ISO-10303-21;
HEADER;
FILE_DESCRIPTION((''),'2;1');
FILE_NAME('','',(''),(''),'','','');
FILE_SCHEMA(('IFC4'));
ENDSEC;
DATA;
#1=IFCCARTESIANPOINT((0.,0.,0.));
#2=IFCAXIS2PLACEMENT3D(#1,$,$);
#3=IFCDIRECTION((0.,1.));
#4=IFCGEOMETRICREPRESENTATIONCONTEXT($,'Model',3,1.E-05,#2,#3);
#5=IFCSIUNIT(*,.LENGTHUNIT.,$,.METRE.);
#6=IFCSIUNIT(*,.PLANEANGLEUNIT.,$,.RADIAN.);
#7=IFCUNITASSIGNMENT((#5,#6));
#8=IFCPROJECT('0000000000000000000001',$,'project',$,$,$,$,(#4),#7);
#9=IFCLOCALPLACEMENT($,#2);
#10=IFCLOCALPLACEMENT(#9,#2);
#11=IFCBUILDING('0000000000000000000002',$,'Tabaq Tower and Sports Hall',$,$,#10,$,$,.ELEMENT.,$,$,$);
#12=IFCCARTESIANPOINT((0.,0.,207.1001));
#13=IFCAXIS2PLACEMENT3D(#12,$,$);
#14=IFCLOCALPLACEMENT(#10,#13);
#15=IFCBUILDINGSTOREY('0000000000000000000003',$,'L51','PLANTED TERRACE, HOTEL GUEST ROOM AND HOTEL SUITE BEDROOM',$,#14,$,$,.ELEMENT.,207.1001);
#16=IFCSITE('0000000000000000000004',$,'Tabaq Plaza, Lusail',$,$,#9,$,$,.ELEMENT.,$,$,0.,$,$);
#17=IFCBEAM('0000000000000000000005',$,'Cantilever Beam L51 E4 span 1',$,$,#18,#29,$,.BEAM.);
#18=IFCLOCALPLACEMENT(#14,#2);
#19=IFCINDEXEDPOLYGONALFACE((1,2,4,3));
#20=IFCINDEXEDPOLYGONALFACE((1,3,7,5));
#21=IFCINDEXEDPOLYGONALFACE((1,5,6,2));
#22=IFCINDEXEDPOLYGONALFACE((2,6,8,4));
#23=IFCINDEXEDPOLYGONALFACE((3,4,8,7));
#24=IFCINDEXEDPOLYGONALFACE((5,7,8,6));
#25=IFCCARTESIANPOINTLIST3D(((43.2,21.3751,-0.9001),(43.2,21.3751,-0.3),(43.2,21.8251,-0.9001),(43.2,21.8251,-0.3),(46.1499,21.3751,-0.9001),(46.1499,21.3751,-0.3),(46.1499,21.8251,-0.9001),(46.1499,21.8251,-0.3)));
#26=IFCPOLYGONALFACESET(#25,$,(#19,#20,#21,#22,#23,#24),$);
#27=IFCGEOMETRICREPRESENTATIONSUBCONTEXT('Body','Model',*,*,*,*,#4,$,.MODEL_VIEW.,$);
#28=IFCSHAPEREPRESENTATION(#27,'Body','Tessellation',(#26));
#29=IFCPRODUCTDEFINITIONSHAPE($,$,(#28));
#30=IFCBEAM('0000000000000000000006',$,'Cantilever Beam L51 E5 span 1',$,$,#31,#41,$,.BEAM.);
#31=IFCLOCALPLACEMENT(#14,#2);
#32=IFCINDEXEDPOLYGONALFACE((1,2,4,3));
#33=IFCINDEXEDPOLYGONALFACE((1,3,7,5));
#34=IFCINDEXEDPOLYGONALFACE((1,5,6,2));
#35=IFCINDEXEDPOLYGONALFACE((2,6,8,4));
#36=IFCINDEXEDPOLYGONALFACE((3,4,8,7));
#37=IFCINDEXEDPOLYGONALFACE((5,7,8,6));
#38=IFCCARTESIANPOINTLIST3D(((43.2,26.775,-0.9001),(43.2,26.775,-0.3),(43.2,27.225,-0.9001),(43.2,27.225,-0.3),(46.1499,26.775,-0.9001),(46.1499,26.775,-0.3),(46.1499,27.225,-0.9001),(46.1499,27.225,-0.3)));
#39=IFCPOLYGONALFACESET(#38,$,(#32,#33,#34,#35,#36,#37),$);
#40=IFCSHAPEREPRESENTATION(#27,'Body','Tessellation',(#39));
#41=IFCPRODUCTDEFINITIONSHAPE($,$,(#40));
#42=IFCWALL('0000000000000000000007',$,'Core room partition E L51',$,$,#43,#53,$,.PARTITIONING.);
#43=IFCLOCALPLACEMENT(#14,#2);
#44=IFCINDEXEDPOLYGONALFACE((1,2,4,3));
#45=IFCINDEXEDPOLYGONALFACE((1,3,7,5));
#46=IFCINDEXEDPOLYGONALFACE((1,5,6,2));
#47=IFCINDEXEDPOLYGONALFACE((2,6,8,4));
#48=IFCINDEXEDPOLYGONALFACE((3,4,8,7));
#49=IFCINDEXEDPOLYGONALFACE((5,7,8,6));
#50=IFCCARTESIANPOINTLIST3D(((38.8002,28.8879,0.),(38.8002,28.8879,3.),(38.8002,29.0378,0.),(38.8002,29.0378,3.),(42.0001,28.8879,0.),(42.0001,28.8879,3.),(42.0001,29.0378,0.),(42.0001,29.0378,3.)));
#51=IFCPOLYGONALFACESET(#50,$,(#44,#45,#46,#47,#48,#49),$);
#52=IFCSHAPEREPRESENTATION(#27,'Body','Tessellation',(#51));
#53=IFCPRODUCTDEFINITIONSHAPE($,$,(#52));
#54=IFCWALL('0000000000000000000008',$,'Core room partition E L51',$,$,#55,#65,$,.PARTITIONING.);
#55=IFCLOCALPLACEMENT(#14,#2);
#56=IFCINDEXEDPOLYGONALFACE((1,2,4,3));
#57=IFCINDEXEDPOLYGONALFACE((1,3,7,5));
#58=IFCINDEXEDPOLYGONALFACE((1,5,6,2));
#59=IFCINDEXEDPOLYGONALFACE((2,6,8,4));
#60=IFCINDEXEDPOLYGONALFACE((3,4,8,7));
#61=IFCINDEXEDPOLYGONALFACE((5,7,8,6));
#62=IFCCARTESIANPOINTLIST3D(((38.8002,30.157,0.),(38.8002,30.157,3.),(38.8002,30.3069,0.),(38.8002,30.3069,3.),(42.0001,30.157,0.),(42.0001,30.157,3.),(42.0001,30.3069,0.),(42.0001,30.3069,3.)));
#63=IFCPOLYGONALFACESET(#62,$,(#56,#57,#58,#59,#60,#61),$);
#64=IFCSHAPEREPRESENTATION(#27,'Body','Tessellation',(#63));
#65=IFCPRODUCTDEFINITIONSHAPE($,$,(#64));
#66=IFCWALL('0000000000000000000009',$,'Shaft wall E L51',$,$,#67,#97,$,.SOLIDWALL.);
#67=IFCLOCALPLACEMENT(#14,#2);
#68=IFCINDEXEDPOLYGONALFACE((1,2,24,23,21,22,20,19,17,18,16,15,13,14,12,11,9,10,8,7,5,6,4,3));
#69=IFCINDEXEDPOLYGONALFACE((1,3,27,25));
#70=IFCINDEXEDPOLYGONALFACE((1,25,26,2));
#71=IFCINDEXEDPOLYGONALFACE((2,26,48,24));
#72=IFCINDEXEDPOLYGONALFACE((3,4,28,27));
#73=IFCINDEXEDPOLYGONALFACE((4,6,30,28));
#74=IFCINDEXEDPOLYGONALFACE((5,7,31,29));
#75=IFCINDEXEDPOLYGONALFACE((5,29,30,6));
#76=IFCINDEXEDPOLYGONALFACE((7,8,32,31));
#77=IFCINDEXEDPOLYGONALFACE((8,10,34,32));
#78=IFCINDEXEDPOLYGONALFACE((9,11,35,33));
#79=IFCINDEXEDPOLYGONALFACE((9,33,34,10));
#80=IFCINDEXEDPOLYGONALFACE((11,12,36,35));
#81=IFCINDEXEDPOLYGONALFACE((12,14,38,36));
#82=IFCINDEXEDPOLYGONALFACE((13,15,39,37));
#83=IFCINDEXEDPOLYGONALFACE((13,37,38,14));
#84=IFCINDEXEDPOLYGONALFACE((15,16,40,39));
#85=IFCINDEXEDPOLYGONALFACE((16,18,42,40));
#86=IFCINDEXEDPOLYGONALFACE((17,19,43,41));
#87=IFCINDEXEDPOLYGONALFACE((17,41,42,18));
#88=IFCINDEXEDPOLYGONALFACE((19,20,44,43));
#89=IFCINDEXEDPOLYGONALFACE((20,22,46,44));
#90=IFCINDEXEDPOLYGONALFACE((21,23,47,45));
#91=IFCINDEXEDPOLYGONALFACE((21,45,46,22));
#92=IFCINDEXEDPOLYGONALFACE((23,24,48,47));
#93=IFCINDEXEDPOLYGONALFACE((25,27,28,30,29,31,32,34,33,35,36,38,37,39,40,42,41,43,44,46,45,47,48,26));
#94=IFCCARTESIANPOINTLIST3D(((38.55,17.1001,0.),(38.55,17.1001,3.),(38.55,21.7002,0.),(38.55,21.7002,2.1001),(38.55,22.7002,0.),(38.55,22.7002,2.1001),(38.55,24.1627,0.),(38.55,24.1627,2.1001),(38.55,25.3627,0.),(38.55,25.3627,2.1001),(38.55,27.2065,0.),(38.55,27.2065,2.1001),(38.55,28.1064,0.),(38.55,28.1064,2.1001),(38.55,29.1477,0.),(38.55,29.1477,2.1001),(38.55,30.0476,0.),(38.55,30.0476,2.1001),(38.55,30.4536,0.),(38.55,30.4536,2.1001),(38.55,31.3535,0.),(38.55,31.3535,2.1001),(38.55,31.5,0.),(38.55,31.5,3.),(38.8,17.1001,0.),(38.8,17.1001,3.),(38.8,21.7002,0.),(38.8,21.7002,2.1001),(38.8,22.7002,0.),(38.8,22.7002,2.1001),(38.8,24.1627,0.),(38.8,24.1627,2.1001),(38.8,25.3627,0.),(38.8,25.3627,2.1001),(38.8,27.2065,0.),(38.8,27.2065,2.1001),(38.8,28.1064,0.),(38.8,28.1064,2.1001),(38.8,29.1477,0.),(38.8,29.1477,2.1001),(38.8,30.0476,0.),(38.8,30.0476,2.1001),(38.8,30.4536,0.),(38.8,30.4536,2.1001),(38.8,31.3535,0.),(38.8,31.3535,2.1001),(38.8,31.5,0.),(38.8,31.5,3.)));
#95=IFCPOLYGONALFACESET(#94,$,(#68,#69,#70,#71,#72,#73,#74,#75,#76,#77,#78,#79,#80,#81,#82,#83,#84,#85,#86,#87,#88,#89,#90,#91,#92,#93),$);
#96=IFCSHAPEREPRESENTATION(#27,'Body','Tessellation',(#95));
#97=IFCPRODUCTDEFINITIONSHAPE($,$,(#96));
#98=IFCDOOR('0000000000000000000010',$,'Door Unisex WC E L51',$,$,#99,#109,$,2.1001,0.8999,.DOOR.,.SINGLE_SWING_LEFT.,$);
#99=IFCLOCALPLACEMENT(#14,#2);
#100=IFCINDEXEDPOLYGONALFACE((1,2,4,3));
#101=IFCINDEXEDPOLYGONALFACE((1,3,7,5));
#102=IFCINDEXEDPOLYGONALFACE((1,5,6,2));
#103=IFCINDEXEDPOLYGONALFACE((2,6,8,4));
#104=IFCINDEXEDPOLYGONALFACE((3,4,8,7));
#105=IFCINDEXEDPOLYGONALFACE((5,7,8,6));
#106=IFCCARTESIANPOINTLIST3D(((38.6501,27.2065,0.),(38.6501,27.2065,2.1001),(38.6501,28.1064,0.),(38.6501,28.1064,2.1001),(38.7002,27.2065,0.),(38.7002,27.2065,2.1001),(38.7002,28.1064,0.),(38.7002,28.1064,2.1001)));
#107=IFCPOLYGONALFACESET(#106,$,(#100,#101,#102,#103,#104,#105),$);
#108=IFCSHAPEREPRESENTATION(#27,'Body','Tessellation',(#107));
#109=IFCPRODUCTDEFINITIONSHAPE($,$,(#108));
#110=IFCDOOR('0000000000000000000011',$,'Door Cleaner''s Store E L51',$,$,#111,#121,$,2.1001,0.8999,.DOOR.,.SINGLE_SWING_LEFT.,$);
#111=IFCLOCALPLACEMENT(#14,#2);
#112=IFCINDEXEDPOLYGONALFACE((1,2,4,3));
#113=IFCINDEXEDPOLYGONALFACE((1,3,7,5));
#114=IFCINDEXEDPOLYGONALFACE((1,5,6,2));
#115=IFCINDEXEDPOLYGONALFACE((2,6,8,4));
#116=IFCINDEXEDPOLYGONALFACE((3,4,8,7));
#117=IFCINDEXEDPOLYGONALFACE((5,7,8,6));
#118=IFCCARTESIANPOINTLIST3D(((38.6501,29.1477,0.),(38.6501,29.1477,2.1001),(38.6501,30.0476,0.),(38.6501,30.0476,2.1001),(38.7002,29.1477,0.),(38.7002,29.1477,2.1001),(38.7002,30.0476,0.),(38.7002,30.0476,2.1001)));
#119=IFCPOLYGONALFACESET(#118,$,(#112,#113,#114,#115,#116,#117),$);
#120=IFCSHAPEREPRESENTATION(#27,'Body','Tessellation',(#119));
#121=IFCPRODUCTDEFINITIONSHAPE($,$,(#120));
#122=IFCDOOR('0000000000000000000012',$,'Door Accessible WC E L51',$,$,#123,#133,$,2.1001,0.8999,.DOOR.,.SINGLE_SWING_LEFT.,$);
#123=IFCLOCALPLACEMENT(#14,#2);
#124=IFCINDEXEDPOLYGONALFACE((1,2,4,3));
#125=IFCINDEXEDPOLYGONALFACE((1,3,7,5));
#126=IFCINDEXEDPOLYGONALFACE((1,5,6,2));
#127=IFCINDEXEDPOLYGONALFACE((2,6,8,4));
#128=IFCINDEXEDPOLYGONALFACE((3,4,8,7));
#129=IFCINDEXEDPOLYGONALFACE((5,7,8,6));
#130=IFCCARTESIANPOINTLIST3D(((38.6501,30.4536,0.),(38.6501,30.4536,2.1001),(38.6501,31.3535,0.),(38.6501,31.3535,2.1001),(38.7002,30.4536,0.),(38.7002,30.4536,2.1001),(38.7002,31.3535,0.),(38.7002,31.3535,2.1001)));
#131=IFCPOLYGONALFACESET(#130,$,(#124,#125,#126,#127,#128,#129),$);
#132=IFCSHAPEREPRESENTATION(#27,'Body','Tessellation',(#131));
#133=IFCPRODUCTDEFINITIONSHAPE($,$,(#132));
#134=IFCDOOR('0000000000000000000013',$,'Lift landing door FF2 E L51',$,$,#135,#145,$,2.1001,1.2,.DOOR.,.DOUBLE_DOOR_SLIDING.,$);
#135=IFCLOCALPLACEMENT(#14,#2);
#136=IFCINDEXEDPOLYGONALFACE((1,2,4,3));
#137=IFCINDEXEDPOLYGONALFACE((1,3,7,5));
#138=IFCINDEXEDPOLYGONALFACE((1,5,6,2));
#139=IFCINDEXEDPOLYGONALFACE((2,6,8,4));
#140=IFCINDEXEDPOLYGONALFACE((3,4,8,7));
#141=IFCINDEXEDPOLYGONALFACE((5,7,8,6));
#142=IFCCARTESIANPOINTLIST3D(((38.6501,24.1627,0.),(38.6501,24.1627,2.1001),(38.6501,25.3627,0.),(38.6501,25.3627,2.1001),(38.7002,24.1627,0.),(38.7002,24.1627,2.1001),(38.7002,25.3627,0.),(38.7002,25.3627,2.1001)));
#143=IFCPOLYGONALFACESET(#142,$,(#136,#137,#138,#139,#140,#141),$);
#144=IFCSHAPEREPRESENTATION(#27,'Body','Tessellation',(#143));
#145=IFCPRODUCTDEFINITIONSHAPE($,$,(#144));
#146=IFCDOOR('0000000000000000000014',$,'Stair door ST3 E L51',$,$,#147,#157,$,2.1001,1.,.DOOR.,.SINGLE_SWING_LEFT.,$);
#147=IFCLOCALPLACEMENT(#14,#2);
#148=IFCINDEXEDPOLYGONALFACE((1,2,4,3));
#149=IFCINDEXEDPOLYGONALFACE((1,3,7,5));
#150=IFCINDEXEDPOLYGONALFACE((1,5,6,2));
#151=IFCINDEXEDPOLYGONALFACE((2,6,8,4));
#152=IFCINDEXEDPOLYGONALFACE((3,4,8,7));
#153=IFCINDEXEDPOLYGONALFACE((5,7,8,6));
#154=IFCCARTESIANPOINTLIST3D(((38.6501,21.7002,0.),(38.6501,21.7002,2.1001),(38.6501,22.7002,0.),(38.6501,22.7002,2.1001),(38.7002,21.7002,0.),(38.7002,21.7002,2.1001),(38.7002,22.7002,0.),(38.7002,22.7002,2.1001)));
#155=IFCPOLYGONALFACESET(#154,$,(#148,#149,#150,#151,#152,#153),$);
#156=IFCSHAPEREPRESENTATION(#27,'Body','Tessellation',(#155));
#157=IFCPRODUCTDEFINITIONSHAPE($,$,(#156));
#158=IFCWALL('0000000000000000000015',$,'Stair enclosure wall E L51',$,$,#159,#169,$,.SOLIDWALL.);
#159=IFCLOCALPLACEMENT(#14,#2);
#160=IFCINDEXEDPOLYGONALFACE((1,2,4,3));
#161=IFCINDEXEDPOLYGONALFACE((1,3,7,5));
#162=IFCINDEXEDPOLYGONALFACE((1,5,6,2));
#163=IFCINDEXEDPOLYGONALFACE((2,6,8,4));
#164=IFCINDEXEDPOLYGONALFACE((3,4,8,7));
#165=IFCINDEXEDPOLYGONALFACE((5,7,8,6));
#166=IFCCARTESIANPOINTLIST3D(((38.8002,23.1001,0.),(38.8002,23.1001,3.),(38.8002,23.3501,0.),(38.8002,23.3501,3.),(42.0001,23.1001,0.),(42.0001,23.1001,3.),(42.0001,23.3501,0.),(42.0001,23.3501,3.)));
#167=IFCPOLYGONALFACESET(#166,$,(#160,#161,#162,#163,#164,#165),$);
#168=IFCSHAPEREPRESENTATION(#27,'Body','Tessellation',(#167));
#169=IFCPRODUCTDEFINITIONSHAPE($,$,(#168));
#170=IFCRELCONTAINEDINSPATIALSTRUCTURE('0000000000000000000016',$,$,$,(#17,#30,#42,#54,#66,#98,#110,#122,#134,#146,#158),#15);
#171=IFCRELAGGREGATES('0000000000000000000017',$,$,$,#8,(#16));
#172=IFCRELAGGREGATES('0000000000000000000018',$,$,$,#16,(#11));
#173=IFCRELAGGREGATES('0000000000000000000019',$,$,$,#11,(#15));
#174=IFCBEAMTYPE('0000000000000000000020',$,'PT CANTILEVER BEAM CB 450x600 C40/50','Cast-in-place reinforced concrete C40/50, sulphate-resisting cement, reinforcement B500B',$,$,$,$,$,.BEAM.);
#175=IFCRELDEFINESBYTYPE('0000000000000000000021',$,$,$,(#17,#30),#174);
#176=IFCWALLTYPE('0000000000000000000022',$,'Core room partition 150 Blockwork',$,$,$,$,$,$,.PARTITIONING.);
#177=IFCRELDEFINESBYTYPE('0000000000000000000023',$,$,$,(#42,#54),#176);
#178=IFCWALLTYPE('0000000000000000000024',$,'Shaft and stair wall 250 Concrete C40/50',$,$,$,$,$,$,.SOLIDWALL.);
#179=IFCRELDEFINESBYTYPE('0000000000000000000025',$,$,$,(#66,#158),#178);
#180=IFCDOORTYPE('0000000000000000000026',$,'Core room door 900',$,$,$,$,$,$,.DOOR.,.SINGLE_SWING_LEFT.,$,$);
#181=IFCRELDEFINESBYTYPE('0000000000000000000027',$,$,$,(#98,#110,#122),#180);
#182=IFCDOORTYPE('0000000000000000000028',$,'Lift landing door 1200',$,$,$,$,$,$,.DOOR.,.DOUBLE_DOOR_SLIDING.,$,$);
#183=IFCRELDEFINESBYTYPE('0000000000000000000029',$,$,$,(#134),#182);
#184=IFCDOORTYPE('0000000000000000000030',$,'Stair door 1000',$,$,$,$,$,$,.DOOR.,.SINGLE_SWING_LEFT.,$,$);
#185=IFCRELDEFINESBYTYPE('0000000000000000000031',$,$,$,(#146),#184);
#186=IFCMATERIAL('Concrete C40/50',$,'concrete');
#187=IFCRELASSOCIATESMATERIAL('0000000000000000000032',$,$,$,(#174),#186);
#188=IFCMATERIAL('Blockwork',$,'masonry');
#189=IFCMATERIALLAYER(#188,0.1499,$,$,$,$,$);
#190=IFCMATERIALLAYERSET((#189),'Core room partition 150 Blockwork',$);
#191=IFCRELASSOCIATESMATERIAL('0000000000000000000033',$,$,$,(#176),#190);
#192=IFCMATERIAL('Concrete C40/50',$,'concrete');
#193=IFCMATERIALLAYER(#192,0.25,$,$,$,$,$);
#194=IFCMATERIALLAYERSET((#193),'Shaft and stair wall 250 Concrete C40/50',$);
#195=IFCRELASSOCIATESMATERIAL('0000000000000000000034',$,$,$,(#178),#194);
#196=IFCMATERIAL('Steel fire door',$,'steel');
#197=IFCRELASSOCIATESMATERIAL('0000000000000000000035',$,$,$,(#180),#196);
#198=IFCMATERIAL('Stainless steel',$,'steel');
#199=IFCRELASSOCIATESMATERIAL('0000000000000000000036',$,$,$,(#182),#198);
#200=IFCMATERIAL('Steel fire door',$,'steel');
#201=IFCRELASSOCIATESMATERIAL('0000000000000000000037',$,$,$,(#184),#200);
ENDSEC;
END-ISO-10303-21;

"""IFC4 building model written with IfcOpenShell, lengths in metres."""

from ifc_helpers import new_model, si_unit, direction, frame, frame_2d, origin, origin_2d, place, context, subcontext, project, spatial, rectangle, extrude, material, layer, layer_set, material_profile, profile_set, type_object, element, fill, save


model = new_model("IFC4")

# Units and contexts
model_context = context("Model", 3, precision=1e-05, world=origin(), true_north=direction((0.0, 1.0)))
body_context = subcontext(model_context, "Body", "Model", "MODEL_VIEW")
ifc_project = project(units=[si_unit("LENGTHUNIT", "METRE"), si_unit("PLANEANGLEUNIT", "RADIAN")], contexts=[model_context])

# Site, building, storey
site_placement = place(None, origin())
site = spatial("IfcSite", under=ifc_project, at=site_placement, Name="Tabaq Plaza, Lusail", CompositionType="ELEMENT", RefElevation=0.0)
building_placement = place(site_placement, origin())
building = spatial("IfcBuilding", under=site, at=building_placement, Name="Tabaq Tower and Sports Hall", CompositionType="ELEMENT")
storey_placement = place(building_placement, frame((0.0, 0.0, 207.1001)))
storey = spatial("IfcBuildingStorey", under=building, at=storey_placement, Name="L51", Description="PLANTED TERRACE, HOTEL GUEST ROOM AND HOTEL SUITE BEDROOM", CompositionType="ELEMENT", Elevation=207.1001)

# Beams
ifc_material_1 = material(Name="Concrete C40/50", Category="concrete")
ifc_material_profile = material_profile(ifc_material_1, rectangle(XDim=0.45, YDim=0.6001, at=origin_2d()), Name="CB 450x600")
ifc_profile_set = profile_set([ifc_material_profile], Name="Concrete C40/50")
beam_type = type_object("IfcBeamType", Name="PT CANTILEVER BEAM CB 450x600 C40/50", Description="Cast-in-place reinforced concrete C40/50, sulphate-resisting cement, reinforcement B500B", PredefinedType="BEAM", material=ifc_profile_set)
for number, where, z_axis, x_axis, name in (
    (1, (46.1499, 21.6001, -0.6001), (-1.0, 0.0, 0.0), (0.0, -1.0, 0.0), "Cantilever Beam L51 E4 span 1"),
    (2, (46.1499, 27.0, -0.6001), (-1.0, 0.0, 0.0), (0.0, -1.0, 0.0), "Cantilever Beam L51 E5 span 1"),
):
    element("IfcBeam", number, at=place(storey_placement, frame(where, z_axis=z_axis, x_axis=x_axis)), inside=storey, type_object=beam_type, Name=name, PredefinedType="BEAM", context=body_context, shape_type="SweptSolid", body=[
        extrude(rectangle(XDim=0.45, YDim=0.6001, at=origin_2d()), origin(), (0.0, 0.0, 1.0), 2.95),
    ])

# Walls
ifc_material_2 = material(Name="Blockwork", Category="masonry")
ifc_layer_1 = layer(ifc_material_2, 0.1499)
ifc_layer_set_1 = layer_set([ifc_layer_1], Name="Core room partition 150 Blockwork")
wall_type_1 = type_object("IfcWallType", Name="Core room partition 150 Blockwork", PredefinedType="PARTITIONING", material=ifc_layer_set_1)
for number, where, z_axis, x_axis, name in (
    (3, (38.8, 28.9629, 0.0), (0.0, 0.0, 1.0), (1.0, 0.0, 0.0), "Core room partition E L51"),
    (4, (38.8, 30.2319, 0.0), (0.0, 0.0, 1.0), (1.0, 0.0, 0.0), "Core room partition E L51"),
):
    element("IfcWall", number, at=place(storey_placement, frame(where, z_axis=z_axis, x_axis=x_axis)), inside=storey, type_object=wall_type_1, Name=name, PredefinedType="PARTITIONING", context=body_context, shape_type="SweptSolid", body=[
        extrude(rectangle(XDim=3.2, YDim=0.1499, at=frame_2d((1.6001, 0.0))), origin(), (0.0, 0.0, 1.0), 3.0),
    ])

# Wall, openings, doors
ifc_material_3 = material(Name="Concrete C40/50", Category="concrete")
ifc_layer_2 = layer(ifc_material_3, 0.25)
ifc_layer_set_2 = layer_set([ifc_layer_2], Name="Shaft and stair wall 250 Concrete C40/50")
wall_type_2 = type_object("IfcWallType", Name="Shaft and stair wall 250 Concrete C40/50", PredefinedType="SOLIDWALL", material=ifc_layer_set_2)
wall_1_placement = place(storey_placement, frame((38.675, 17.1001, 0.0), z_axis=(0.0, 0.0, 1.0), x_axis=(0.0, 1.0, 0.0)))
wall_1 = element("IfcWall", 5, at=wall_1_placement, inside=storey, type_object=wall_type_2, Name="Shaft wall E L51", PredefinedType="SOLIDWALL", context=body_context, shape_type="SweptSolid", body=[
    extrude(rectangle(XDim=14.3999, YDim=0.25, at=frame_2d((7.2, 0.0))), origin(), (0.0, 0.0, 1.0), 3.0),
])
opening_1_placement = place(wall_1_placement, frame((4.6001, 0.0, 0.0)))
opening_1 = element("IfcOpeningElement", 6, at=opening_1_placement, cuts=wall_1, PredefinedType="OPENING", context=body_context, shape_type="SweptSolid", body=[
    extrude(rectangle(XDim=1.0, YDim=2.1001, at=frame_2d((0.5, 1.05))), frame((0.0, 0.125, 0.0), z_axis=(0.0, -1.0, 0.0), x_axis=(1.0, 0.0, 0.0)), (0.0, 0.0, 1.0), 0.25),
])
opening_2_placement = place(wall_1_placement, frame((7.0625, 0.0, 0.0)))
opening_2 = element("IfcOpeningElement", 7, at=opening_2_placement, cuts=wall_1, PredefinedType="OPENING", context=body_context, shape_type="SweptSolid", body=[
    extrude(rectangle(XDim=1.2, YDim=2.1001, at=frame_2d((0.6001, 1.05))), frame((0.0, 0.125, 0.0), z_axis=(0.0, -1.0, 0.0), x_axis=(1.0, 0.0, 0.0)), (0.0, 0.0, 1.0), 0.25),
])
opening_3_placement = place(wall_1_placement, frame((10.1064, 0.0, 0.0)))
opening_3 = element("IfcOpeningElement", 8, at=opening_3_placement, cuts=wall_1, PredefinedType="OPENING", context=body_context, shape_type="SweptSolid", body=[
    extrude(rectangle(XDim=0.8999, YDim=2.1001, at=frame_2d((0.45, 1.05))), frame((0.0, 0.125, 0.0), z_axis=(0.0, -1.0, 0.0), x_axis=(1.0, 0.0, 0.0)), (0.0, 0.0, 1.0), 0.25),
])
opening_4_placement = place(wall_1_placement, frame((12.0476, 0.0, 0.0)))
opening_4 = element("IfcOpeningElement", 9, at=opening_4_placement, cuts=wall_1, PredefinedType="OPENING", context=body_context, shape_type="SweptSolid", body=[
    extrude(rectangle(XDim=0.8999, YDim=2.1001, at=frame_2d((0.45, 1.05))), frame((0.0, 0.125, 0.0), z_axis=(0.0, -1.0, 0.0), x_axis=(1.0, 0.0, 0.0)), (0.0, 0.0, 1.0), 0.25),
])
opening_5_placement = place(wall_1_placement, frame((13.3535, 0.0, 0.0)))
opening_5 = element("IfcOpeningElement", 10, at=opening_5_placement, cuts=wall_1, PredefinedType="OPENING", context=body_context, shape_type="SweptSolid", body=[
    extrude(rectangle(XDim=0.8999, YDim=2.1001, at=frame_2d((0.45, 1.05))), frame((0.0, 0.125, 0.0), z_axis=(0.0, -1.0, 0.0), x_axis=(1.0, 0.0, 0.0)), (0.0, 0.0, 1.0), 0.25),
])
ifc_material_4 = material(Name="Steel fire door", Category="steel")
door_type_1 = type_object("IfcDoorType", Name="Core room door 900", OperationType="SINGLE_SWING_LEFT", PredefinedType="DOOR", material=ifc_material_4)
door_1_placement = place(opening_3_placement, origin())
door_1 = element("IfcDoor", 11, at=door_1_placement, inside=storey, type_object=door_type_1, Name="Door Unisex WC E L51", OperationType="SINGLE_SWING_LEFT", OverallHeight=2.1001, OverallWidth=0.8999, PredefinedType="DOOR", context=body_context, shape_type="SweptSolid", body=[
    extrude(rectangle(XDim=0.8999, YDim=2.1001, at=frame_2d((0.45, 1.05))), frame((0.0, 0.0249, 0.0), z_axis=(0.0, -1.0, 0.0), x_axis=(1.0, 0.0, 0.0)), (0.0, 0.0, 1.0), 0.05),
])
fill(opening_3, door_1)
door_2_placement = place(opening_4_placement, origin())
door_2 = element("IfcDoor", 12, at=door_2_placement, inside=storey, type_object=door_type_1, Name="Door Cleaner's Store E L51", OperationType="SINGLE_SWING_LEFT", OverallHeight=2.1001, OverallWidth=0.8999, PredefinedType="DOOR", context=body_context, shape_type="SweptSolid", body=[
    extrude(rectangle(XDim=0.8999, YDim=2.1001, at=frame_2d((0.45, 1.05))), frame((0.0, 0.0249, 0.0), z_axis=(0.0, -1.0, 0.0), x_axis=(1.0, 0.0, 0.0)), (0.0, 0.0, 1.0), 0.05),
])
fill(opening_4, door_2)
door_3_placement = place(opening_5_placement, origin())
door_3 = element("IfcDoor", 13, at=door_3_placement, inside=storey, type_object=door_type_1, Name="Door Accessible WC E L51", OperationType="SINGLE_SWING_LEFT", OverallHeight=2.1001, OverallWidth=0.8999, PredefinedType="DOOR", context=body_context, shape_type="SweptSolid", body=[
    extrude(rectangle(XDim=0.8999, YDim=2.1001, at=frame_2d((0.45, 1.05))), frame((0.0, 0.0249, 0.0), z_axis=(0.0, -1.0, 0.0), x_axis=(1.0, 0.0, 0.0)), (0.0, 0.0, 1.0), 0.05),
])
fill(opening_5, door_3)
ifc_material_5 = material(Name="Stainless steel", Category="steel")
door_type_2 = type_object("IfcDoorType", Name="Lift landing door 1200", OperationType="DOUBLE_DOOR_SLIDING", PredefinedType="DOOR", material=ifc_material_5)
door_4_placement = place(opening_2_placement, origin())
door_4 = element("IfcDoor", 14, at=door_4_placement, inside=storey, type_object=door_type_2, Name="Lift landing door FF2 E L51", OperationType="DOUBLE_DOOR_SLIDING", OverallHeight=2.1001, OverallWidth=1.2, PredefinedType="DOOR", context=body_context, shape_type="SweptSolid", body=[
    extrude(rectangle(XDim=1.2, YDim=2.1001, at=frame_2d((0.6001, 1.05))), frame((0.0, 0.0249, 0.0), z_axis=(0.0, -1.0, 0.0), x_axis=(1.0, 0.0, 0.0)), (0.0, 0.0, 1.0), 0.05),
])
fill(opening_2, door_4)
ifc_material_6 = material(Name="Steel fire door", Category="steel")
door_type_3 = type_object("IfcDoorType", Name="Stair door 1000", OperationType="SINGLE_SWING_LEFT", PredefinedType="DOOR", material=ifc_material_6)
door_5_placement = place(opening_1_placement, origin())
door_5 = element("IfcDoor", 15, at=door_5_placement, inside=storey, type_object=door_type_3, Name="Stair door ST3 E L51", OperationType="SINGLE_SWING_LEFT", OverallHeight=2.1001, OverallWidth=1.0, PredefinedType="DOOR", context=body_context, shape_type="SweptSolid", body=[
    extrude(rectangle(XDim=1.0, YDim=2.1001, at=frame_2d((0.5, 1.05))), frame((0.0, 0.0249, 0.0), z_axis=(0.0, -1.0, 0.0), x_axis=(1.0, 0.0, 0.0)), (0.0, 0.0, 1.0), 0.05),
])
fill(opening_1, door_5)

# Wall
for number, where, z_axis, x_axis, name in (
    (16, (38.8, 23.2251, 0.0), (0.0, 0.0, 1.0), (1.0, 0.0, 0.0), "Stair enclosure wall E L51"),
):
    element("IfcWall", number, at=place(storey_placement, frame(where, z_axis=z_axis, x_axis=x_axis)), inside=storey, type_object=wall_type_2, Name=name, PredefinedType="SOLIDWALL", context=body_context, shape_type="SweptSolid", body=[
        extrude(rectangle(XDim=3.2, YDim=0.25, at=frame_2d((1.6001, 0.0))), origin(), (0.0, 0.0, 1.0), 3.0),
    ])

save(model, "model.ifc")
